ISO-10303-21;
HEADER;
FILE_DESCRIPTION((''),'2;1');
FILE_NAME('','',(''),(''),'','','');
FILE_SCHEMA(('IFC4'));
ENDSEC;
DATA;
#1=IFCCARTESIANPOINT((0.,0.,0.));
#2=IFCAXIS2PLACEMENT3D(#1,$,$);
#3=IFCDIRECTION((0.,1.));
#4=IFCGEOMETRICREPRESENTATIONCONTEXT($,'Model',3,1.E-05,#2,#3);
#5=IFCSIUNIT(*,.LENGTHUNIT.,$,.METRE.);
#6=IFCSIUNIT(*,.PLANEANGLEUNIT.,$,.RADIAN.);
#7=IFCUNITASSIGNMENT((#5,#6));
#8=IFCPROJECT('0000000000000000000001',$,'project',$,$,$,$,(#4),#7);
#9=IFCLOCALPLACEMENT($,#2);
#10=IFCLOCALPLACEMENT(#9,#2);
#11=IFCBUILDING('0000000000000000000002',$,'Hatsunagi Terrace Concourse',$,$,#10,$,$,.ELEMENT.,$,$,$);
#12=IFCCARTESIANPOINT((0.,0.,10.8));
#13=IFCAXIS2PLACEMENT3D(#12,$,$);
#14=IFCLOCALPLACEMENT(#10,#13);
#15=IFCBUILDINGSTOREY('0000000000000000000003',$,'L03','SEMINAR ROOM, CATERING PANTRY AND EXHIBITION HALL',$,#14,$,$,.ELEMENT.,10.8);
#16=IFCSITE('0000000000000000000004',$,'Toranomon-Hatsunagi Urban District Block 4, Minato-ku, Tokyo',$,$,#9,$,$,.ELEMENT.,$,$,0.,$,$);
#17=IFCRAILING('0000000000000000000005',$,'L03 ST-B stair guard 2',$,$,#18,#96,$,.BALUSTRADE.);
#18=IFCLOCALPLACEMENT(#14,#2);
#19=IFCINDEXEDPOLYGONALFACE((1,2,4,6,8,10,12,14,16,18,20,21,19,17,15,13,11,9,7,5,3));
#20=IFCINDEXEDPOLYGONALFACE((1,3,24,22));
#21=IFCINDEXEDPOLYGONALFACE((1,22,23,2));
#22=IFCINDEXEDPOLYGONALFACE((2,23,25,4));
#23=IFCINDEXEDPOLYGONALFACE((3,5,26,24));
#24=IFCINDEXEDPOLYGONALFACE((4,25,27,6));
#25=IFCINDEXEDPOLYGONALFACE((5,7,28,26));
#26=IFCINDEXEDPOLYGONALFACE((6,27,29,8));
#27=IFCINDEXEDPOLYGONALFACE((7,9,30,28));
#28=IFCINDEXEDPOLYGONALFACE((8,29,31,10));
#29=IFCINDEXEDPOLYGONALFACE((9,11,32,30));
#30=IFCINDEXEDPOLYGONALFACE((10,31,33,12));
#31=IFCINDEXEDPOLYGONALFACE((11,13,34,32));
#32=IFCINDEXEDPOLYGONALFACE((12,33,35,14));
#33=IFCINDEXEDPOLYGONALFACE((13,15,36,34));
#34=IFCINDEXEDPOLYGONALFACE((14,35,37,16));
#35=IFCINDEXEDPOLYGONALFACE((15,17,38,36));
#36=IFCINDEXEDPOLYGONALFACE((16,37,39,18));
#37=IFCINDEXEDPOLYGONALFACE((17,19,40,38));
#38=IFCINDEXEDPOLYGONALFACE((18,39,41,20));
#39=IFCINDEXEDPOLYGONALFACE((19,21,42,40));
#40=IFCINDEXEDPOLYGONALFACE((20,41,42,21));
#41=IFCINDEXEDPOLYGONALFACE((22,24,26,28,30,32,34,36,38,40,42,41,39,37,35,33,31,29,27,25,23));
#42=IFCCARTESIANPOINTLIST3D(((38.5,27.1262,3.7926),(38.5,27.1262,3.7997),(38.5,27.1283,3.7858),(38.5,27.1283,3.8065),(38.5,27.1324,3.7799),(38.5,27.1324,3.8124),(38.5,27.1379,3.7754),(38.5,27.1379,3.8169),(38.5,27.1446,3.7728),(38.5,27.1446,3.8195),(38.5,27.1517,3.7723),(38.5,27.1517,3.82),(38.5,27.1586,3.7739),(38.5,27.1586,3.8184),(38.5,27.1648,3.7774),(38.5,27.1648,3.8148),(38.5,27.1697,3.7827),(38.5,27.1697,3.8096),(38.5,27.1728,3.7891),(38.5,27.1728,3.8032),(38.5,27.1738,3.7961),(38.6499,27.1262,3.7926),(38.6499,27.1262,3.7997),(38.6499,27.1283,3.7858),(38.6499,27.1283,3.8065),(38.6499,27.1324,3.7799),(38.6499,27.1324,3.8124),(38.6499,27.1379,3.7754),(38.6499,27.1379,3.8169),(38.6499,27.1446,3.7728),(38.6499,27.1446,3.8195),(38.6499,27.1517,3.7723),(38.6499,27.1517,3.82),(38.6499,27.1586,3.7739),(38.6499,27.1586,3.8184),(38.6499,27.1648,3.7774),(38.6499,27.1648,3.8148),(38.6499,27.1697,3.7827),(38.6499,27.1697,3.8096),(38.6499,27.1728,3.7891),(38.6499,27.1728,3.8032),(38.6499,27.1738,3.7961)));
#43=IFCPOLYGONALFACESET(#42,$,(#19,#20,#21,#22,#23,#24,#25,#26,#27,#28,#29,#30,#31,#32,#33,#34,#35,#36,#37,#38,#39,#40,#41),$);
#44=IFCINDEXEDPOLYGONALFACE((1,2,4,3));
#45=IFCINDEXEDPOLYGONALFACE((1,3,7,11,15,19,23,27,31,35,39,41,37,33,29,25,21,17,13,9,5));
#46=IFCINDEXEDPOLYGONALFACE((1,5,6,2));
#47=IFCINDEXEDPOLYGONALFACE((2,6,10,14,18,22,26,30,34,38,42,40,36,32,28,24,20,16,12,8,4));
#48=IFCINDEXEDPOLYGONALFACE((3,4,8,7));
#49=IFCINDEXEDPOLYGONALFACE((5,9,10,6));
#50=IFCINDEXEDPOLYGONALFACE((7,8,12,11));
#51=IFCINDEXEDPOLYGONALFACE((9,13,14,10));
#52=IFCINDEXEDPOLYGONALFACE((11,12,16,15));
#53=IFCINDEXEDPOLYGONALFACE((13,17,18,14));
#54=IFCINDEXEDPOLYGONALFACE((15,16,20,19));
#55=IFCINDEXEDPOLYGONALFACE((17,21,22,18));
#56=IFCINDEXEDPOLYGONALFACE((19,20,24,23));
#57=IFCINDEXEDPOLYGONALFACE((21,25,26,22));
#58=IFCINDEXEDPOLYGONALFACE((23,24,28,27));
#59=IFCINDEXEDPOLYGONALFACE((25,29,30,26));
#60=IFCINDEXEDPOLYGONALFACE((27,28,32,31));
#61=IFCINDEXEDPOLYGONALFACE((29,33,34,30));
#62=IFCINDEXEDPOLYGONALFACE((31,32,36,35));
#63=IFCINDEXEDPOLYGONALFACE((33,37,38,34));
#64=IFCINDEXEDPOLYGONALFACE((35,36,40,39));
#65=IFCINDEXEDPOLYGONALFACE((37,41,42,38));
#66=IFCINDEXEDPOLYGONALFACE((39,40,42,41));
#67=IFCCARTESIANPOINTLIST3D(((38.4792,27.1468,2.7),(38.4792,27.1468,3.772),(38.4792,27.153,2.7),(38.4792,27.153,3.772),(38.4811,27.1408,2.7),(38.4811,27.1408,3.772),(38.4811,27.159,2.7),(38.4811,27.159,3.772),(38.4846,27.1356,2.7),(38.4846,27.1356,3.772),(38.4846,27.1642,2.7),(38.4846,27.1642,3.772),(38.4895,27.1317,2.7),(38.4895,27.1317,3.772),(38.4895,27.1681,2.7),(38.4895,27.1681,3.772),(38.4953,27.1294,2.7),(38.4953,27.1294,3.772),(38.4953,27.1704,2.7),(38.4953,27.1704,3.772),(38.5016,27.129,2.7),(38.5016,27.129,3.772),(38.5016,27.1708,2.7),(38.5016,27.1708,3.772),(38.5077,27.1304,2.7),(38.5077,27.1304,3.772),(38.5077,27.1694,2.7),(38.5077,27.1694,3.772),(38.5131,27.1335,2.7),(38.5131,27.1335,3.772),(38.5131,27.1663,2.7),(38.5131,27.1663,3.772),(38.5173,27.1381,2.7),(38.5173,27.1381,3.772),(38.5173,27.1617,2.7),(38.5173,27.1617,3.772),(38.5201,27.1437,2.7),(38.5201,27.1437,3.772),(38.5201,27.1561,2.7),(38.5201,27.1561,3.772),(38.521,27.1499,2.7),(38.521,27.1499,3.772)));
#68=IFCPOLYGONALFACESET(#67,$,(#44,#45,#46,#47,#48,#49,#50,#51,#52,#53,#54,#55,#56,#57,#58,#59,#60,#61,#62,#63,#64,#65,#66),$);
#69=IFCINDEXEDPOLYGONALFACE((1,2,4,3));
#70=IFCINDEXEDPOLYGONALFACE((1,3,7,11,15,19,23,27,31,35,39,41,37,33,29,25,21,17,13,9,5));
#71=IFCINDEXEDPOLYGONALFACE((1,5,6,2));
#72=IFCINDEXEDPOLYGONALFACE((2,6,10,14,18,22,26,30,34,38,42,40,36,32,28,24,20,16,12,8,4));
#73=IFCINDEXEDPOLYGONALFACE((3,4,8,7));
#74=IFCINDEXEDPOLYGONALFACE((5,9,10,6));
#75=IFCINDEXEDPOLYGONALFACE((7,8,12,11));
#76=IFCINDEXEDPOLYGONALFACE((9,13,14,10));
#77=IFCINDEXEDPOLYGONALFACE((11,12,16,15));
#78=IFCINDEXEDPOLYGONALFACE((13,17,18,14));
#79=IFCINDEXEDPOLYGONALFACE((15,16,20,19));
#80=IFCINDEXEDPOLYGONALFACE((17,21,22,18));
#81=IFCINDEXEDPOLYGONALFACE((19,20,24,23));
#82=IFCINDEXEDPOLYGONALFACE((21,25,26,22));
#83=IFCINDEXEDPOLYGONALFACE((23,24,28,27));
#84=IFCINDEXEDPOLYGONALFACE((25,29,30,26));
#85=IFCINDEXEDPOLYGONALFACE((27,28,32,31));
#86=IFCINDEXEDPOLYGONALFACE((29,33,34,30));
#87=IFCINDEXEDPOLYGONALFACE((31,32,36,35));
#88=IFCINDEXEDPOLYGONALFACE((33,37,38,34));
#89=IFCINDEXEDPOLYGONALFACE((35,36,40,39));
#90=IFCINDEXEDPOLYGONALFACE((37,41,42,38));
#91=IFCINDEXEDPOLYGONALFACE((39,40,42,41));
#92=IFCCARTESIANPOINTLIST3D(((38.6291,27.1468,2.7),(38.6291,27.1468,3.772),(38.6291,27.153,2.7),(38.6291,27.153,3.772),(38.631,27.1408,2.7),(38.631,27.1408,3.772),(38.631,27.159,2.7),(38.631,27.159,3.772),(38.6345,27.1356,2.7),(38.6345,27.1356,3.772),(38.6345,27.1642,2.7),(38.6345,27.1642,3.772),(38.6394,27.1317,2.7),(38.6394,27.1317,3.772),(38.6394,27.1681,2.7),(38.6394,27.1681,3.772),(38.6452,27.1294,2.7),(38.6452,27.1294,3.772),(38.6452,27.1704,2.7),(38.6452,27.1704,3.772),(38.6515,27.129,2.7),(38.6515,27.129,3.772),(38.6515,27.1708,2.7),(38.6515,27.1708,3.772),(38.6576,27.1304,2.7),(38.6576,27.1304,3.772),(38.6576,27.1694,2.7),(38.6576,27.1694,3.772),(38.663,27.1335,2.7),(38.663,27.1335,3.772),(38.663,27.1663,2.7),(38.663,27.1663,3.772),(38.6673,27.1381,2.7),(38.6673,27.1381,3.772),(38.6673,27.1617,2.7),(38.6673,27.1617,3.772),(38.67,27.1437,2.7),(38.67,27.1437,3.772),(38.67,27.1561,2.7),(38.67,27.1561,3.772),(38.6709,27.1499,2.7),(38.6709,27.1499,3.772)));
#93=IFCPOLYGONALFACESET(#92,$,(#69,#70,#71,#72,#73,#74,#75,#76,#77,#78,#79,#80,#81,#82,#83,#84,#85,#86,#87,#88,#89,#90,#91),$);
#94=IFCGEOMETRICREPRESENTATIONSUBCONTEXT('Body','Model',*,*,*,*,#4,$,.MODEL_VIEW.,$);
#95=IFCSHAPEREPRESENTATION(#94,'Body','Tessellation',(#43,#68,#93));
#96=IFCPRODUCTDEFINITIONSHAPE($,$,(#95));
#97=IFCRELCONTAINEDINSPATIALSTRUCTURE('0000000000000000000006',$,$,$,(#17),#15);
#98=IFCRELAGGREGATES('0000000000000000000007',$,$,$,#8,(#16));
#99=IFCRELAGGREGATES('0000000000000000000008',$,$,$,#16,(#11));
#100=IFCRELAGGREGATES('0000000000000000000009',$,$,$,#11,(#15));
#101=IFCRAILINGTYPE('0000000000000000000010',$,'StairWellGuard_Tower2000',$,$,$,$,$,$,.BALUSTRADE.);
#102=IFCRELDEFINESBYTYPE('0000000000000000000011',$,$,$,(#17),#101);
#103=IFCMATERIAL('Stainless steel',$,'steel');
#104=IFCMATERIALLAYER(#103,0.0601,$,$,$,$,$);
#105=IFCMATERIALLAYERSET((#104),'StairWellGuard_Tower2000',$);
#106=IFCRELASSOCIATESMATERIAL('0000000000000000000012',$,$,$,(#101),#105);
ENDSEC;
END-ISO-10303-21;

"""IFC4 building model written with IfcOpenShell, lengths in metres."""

from ifc_helpers import new_model, si_unit, direction, frame, origin, origin_2d, place, context, subcontext, project, spatial, circle, extrude, material, layer, layer_set, type_object, element, save


model = new_model("IFC4")

# Units and contexts
model_context = context("Model", 3, precision=1e-05, world=origin(), true_north=direction((0.0, 1.0)))
body_context = subcontext(model_context, "Body", "Model", "MODEL_VIEW")
ifc_project = project(units=[si_unit("LENGTHUNIT", "METRE"), si_unit("PLANEANGLEUNIT", "RADIAN")], contexts=[model_context])

# Site, building, storey
site_placement = place(None, origin())
site = spatial("IfcSite", under=ifc_project, at=site_placement, Name="Toranomon-Hatsunagi Urban District Block 4, Minato-ku, Tokyo", CompositionType="ELEMENT", RefElevation=0.0)
building_placement = place(site_placement, origin())
building = spatial("IfcBuilding", under=site, at=building_placement, Name="Hatsunagi Terrace Concourse", CompositionType="ELEMENT")
storey_placement = place(building_placement, frame((0.0, 0.0, 10.8)))
storey = spatial("IfcBuildingStorey", under=building, at=storey_placement, Name="L03", Description="SEMINAR ROOM, CATERING PANTRY AND EXHIBITION HALL", CompositionType="ELEMENT", Elevation=10.8)

# Railing
ifc_material_1 = material(Name="Stainless steel", Category="steel")
ifc_layer_1 = layer(ifc_material_1, 0.0601)
ifc_layer_set_1 = layer_set([ifc_layer_1], Name="StairWellGuard_Tower2000")
railing_type_1 = type_object("IfcRailingType", Name="StairWellGuard_Tower2000", PredefinedType="BALUSTRADE", material=ifc_layer_set_1)
railing_1_placement = place(storey_placement, frame((38.5, 27.1499, 2.7)))
element("IfcRailing", 1, at=railing_1_placement, inside=storey, type_object=railing_type_1, Name="L03 ST-B stair guard 2", PredefinedType="BALUSTRADE", context=body_context, shape_type="SweptSolid", body=[
    extrude(circle(Radius=0.0239, at=origin_2d()), frame((0.0, 0.0, 1.0962), z_axis=(1.0, 0.0, 0.0), x_axis=(0.0, 1.0, 0.0)), (0.0, 0.0, 1.0), 0.1499),
    extrude(circle(Radius=0.021, at=origin_2d()), origin(), (0.0, 0.0, 1.0), 1.072),
    extrude(circle(Radius=0.021, at=origin_2d()), frame((0.1499, 0.0, 0.0)), (0.0, 0.0, 1.0), 1.072),
])

save(model, "model.ifc")
